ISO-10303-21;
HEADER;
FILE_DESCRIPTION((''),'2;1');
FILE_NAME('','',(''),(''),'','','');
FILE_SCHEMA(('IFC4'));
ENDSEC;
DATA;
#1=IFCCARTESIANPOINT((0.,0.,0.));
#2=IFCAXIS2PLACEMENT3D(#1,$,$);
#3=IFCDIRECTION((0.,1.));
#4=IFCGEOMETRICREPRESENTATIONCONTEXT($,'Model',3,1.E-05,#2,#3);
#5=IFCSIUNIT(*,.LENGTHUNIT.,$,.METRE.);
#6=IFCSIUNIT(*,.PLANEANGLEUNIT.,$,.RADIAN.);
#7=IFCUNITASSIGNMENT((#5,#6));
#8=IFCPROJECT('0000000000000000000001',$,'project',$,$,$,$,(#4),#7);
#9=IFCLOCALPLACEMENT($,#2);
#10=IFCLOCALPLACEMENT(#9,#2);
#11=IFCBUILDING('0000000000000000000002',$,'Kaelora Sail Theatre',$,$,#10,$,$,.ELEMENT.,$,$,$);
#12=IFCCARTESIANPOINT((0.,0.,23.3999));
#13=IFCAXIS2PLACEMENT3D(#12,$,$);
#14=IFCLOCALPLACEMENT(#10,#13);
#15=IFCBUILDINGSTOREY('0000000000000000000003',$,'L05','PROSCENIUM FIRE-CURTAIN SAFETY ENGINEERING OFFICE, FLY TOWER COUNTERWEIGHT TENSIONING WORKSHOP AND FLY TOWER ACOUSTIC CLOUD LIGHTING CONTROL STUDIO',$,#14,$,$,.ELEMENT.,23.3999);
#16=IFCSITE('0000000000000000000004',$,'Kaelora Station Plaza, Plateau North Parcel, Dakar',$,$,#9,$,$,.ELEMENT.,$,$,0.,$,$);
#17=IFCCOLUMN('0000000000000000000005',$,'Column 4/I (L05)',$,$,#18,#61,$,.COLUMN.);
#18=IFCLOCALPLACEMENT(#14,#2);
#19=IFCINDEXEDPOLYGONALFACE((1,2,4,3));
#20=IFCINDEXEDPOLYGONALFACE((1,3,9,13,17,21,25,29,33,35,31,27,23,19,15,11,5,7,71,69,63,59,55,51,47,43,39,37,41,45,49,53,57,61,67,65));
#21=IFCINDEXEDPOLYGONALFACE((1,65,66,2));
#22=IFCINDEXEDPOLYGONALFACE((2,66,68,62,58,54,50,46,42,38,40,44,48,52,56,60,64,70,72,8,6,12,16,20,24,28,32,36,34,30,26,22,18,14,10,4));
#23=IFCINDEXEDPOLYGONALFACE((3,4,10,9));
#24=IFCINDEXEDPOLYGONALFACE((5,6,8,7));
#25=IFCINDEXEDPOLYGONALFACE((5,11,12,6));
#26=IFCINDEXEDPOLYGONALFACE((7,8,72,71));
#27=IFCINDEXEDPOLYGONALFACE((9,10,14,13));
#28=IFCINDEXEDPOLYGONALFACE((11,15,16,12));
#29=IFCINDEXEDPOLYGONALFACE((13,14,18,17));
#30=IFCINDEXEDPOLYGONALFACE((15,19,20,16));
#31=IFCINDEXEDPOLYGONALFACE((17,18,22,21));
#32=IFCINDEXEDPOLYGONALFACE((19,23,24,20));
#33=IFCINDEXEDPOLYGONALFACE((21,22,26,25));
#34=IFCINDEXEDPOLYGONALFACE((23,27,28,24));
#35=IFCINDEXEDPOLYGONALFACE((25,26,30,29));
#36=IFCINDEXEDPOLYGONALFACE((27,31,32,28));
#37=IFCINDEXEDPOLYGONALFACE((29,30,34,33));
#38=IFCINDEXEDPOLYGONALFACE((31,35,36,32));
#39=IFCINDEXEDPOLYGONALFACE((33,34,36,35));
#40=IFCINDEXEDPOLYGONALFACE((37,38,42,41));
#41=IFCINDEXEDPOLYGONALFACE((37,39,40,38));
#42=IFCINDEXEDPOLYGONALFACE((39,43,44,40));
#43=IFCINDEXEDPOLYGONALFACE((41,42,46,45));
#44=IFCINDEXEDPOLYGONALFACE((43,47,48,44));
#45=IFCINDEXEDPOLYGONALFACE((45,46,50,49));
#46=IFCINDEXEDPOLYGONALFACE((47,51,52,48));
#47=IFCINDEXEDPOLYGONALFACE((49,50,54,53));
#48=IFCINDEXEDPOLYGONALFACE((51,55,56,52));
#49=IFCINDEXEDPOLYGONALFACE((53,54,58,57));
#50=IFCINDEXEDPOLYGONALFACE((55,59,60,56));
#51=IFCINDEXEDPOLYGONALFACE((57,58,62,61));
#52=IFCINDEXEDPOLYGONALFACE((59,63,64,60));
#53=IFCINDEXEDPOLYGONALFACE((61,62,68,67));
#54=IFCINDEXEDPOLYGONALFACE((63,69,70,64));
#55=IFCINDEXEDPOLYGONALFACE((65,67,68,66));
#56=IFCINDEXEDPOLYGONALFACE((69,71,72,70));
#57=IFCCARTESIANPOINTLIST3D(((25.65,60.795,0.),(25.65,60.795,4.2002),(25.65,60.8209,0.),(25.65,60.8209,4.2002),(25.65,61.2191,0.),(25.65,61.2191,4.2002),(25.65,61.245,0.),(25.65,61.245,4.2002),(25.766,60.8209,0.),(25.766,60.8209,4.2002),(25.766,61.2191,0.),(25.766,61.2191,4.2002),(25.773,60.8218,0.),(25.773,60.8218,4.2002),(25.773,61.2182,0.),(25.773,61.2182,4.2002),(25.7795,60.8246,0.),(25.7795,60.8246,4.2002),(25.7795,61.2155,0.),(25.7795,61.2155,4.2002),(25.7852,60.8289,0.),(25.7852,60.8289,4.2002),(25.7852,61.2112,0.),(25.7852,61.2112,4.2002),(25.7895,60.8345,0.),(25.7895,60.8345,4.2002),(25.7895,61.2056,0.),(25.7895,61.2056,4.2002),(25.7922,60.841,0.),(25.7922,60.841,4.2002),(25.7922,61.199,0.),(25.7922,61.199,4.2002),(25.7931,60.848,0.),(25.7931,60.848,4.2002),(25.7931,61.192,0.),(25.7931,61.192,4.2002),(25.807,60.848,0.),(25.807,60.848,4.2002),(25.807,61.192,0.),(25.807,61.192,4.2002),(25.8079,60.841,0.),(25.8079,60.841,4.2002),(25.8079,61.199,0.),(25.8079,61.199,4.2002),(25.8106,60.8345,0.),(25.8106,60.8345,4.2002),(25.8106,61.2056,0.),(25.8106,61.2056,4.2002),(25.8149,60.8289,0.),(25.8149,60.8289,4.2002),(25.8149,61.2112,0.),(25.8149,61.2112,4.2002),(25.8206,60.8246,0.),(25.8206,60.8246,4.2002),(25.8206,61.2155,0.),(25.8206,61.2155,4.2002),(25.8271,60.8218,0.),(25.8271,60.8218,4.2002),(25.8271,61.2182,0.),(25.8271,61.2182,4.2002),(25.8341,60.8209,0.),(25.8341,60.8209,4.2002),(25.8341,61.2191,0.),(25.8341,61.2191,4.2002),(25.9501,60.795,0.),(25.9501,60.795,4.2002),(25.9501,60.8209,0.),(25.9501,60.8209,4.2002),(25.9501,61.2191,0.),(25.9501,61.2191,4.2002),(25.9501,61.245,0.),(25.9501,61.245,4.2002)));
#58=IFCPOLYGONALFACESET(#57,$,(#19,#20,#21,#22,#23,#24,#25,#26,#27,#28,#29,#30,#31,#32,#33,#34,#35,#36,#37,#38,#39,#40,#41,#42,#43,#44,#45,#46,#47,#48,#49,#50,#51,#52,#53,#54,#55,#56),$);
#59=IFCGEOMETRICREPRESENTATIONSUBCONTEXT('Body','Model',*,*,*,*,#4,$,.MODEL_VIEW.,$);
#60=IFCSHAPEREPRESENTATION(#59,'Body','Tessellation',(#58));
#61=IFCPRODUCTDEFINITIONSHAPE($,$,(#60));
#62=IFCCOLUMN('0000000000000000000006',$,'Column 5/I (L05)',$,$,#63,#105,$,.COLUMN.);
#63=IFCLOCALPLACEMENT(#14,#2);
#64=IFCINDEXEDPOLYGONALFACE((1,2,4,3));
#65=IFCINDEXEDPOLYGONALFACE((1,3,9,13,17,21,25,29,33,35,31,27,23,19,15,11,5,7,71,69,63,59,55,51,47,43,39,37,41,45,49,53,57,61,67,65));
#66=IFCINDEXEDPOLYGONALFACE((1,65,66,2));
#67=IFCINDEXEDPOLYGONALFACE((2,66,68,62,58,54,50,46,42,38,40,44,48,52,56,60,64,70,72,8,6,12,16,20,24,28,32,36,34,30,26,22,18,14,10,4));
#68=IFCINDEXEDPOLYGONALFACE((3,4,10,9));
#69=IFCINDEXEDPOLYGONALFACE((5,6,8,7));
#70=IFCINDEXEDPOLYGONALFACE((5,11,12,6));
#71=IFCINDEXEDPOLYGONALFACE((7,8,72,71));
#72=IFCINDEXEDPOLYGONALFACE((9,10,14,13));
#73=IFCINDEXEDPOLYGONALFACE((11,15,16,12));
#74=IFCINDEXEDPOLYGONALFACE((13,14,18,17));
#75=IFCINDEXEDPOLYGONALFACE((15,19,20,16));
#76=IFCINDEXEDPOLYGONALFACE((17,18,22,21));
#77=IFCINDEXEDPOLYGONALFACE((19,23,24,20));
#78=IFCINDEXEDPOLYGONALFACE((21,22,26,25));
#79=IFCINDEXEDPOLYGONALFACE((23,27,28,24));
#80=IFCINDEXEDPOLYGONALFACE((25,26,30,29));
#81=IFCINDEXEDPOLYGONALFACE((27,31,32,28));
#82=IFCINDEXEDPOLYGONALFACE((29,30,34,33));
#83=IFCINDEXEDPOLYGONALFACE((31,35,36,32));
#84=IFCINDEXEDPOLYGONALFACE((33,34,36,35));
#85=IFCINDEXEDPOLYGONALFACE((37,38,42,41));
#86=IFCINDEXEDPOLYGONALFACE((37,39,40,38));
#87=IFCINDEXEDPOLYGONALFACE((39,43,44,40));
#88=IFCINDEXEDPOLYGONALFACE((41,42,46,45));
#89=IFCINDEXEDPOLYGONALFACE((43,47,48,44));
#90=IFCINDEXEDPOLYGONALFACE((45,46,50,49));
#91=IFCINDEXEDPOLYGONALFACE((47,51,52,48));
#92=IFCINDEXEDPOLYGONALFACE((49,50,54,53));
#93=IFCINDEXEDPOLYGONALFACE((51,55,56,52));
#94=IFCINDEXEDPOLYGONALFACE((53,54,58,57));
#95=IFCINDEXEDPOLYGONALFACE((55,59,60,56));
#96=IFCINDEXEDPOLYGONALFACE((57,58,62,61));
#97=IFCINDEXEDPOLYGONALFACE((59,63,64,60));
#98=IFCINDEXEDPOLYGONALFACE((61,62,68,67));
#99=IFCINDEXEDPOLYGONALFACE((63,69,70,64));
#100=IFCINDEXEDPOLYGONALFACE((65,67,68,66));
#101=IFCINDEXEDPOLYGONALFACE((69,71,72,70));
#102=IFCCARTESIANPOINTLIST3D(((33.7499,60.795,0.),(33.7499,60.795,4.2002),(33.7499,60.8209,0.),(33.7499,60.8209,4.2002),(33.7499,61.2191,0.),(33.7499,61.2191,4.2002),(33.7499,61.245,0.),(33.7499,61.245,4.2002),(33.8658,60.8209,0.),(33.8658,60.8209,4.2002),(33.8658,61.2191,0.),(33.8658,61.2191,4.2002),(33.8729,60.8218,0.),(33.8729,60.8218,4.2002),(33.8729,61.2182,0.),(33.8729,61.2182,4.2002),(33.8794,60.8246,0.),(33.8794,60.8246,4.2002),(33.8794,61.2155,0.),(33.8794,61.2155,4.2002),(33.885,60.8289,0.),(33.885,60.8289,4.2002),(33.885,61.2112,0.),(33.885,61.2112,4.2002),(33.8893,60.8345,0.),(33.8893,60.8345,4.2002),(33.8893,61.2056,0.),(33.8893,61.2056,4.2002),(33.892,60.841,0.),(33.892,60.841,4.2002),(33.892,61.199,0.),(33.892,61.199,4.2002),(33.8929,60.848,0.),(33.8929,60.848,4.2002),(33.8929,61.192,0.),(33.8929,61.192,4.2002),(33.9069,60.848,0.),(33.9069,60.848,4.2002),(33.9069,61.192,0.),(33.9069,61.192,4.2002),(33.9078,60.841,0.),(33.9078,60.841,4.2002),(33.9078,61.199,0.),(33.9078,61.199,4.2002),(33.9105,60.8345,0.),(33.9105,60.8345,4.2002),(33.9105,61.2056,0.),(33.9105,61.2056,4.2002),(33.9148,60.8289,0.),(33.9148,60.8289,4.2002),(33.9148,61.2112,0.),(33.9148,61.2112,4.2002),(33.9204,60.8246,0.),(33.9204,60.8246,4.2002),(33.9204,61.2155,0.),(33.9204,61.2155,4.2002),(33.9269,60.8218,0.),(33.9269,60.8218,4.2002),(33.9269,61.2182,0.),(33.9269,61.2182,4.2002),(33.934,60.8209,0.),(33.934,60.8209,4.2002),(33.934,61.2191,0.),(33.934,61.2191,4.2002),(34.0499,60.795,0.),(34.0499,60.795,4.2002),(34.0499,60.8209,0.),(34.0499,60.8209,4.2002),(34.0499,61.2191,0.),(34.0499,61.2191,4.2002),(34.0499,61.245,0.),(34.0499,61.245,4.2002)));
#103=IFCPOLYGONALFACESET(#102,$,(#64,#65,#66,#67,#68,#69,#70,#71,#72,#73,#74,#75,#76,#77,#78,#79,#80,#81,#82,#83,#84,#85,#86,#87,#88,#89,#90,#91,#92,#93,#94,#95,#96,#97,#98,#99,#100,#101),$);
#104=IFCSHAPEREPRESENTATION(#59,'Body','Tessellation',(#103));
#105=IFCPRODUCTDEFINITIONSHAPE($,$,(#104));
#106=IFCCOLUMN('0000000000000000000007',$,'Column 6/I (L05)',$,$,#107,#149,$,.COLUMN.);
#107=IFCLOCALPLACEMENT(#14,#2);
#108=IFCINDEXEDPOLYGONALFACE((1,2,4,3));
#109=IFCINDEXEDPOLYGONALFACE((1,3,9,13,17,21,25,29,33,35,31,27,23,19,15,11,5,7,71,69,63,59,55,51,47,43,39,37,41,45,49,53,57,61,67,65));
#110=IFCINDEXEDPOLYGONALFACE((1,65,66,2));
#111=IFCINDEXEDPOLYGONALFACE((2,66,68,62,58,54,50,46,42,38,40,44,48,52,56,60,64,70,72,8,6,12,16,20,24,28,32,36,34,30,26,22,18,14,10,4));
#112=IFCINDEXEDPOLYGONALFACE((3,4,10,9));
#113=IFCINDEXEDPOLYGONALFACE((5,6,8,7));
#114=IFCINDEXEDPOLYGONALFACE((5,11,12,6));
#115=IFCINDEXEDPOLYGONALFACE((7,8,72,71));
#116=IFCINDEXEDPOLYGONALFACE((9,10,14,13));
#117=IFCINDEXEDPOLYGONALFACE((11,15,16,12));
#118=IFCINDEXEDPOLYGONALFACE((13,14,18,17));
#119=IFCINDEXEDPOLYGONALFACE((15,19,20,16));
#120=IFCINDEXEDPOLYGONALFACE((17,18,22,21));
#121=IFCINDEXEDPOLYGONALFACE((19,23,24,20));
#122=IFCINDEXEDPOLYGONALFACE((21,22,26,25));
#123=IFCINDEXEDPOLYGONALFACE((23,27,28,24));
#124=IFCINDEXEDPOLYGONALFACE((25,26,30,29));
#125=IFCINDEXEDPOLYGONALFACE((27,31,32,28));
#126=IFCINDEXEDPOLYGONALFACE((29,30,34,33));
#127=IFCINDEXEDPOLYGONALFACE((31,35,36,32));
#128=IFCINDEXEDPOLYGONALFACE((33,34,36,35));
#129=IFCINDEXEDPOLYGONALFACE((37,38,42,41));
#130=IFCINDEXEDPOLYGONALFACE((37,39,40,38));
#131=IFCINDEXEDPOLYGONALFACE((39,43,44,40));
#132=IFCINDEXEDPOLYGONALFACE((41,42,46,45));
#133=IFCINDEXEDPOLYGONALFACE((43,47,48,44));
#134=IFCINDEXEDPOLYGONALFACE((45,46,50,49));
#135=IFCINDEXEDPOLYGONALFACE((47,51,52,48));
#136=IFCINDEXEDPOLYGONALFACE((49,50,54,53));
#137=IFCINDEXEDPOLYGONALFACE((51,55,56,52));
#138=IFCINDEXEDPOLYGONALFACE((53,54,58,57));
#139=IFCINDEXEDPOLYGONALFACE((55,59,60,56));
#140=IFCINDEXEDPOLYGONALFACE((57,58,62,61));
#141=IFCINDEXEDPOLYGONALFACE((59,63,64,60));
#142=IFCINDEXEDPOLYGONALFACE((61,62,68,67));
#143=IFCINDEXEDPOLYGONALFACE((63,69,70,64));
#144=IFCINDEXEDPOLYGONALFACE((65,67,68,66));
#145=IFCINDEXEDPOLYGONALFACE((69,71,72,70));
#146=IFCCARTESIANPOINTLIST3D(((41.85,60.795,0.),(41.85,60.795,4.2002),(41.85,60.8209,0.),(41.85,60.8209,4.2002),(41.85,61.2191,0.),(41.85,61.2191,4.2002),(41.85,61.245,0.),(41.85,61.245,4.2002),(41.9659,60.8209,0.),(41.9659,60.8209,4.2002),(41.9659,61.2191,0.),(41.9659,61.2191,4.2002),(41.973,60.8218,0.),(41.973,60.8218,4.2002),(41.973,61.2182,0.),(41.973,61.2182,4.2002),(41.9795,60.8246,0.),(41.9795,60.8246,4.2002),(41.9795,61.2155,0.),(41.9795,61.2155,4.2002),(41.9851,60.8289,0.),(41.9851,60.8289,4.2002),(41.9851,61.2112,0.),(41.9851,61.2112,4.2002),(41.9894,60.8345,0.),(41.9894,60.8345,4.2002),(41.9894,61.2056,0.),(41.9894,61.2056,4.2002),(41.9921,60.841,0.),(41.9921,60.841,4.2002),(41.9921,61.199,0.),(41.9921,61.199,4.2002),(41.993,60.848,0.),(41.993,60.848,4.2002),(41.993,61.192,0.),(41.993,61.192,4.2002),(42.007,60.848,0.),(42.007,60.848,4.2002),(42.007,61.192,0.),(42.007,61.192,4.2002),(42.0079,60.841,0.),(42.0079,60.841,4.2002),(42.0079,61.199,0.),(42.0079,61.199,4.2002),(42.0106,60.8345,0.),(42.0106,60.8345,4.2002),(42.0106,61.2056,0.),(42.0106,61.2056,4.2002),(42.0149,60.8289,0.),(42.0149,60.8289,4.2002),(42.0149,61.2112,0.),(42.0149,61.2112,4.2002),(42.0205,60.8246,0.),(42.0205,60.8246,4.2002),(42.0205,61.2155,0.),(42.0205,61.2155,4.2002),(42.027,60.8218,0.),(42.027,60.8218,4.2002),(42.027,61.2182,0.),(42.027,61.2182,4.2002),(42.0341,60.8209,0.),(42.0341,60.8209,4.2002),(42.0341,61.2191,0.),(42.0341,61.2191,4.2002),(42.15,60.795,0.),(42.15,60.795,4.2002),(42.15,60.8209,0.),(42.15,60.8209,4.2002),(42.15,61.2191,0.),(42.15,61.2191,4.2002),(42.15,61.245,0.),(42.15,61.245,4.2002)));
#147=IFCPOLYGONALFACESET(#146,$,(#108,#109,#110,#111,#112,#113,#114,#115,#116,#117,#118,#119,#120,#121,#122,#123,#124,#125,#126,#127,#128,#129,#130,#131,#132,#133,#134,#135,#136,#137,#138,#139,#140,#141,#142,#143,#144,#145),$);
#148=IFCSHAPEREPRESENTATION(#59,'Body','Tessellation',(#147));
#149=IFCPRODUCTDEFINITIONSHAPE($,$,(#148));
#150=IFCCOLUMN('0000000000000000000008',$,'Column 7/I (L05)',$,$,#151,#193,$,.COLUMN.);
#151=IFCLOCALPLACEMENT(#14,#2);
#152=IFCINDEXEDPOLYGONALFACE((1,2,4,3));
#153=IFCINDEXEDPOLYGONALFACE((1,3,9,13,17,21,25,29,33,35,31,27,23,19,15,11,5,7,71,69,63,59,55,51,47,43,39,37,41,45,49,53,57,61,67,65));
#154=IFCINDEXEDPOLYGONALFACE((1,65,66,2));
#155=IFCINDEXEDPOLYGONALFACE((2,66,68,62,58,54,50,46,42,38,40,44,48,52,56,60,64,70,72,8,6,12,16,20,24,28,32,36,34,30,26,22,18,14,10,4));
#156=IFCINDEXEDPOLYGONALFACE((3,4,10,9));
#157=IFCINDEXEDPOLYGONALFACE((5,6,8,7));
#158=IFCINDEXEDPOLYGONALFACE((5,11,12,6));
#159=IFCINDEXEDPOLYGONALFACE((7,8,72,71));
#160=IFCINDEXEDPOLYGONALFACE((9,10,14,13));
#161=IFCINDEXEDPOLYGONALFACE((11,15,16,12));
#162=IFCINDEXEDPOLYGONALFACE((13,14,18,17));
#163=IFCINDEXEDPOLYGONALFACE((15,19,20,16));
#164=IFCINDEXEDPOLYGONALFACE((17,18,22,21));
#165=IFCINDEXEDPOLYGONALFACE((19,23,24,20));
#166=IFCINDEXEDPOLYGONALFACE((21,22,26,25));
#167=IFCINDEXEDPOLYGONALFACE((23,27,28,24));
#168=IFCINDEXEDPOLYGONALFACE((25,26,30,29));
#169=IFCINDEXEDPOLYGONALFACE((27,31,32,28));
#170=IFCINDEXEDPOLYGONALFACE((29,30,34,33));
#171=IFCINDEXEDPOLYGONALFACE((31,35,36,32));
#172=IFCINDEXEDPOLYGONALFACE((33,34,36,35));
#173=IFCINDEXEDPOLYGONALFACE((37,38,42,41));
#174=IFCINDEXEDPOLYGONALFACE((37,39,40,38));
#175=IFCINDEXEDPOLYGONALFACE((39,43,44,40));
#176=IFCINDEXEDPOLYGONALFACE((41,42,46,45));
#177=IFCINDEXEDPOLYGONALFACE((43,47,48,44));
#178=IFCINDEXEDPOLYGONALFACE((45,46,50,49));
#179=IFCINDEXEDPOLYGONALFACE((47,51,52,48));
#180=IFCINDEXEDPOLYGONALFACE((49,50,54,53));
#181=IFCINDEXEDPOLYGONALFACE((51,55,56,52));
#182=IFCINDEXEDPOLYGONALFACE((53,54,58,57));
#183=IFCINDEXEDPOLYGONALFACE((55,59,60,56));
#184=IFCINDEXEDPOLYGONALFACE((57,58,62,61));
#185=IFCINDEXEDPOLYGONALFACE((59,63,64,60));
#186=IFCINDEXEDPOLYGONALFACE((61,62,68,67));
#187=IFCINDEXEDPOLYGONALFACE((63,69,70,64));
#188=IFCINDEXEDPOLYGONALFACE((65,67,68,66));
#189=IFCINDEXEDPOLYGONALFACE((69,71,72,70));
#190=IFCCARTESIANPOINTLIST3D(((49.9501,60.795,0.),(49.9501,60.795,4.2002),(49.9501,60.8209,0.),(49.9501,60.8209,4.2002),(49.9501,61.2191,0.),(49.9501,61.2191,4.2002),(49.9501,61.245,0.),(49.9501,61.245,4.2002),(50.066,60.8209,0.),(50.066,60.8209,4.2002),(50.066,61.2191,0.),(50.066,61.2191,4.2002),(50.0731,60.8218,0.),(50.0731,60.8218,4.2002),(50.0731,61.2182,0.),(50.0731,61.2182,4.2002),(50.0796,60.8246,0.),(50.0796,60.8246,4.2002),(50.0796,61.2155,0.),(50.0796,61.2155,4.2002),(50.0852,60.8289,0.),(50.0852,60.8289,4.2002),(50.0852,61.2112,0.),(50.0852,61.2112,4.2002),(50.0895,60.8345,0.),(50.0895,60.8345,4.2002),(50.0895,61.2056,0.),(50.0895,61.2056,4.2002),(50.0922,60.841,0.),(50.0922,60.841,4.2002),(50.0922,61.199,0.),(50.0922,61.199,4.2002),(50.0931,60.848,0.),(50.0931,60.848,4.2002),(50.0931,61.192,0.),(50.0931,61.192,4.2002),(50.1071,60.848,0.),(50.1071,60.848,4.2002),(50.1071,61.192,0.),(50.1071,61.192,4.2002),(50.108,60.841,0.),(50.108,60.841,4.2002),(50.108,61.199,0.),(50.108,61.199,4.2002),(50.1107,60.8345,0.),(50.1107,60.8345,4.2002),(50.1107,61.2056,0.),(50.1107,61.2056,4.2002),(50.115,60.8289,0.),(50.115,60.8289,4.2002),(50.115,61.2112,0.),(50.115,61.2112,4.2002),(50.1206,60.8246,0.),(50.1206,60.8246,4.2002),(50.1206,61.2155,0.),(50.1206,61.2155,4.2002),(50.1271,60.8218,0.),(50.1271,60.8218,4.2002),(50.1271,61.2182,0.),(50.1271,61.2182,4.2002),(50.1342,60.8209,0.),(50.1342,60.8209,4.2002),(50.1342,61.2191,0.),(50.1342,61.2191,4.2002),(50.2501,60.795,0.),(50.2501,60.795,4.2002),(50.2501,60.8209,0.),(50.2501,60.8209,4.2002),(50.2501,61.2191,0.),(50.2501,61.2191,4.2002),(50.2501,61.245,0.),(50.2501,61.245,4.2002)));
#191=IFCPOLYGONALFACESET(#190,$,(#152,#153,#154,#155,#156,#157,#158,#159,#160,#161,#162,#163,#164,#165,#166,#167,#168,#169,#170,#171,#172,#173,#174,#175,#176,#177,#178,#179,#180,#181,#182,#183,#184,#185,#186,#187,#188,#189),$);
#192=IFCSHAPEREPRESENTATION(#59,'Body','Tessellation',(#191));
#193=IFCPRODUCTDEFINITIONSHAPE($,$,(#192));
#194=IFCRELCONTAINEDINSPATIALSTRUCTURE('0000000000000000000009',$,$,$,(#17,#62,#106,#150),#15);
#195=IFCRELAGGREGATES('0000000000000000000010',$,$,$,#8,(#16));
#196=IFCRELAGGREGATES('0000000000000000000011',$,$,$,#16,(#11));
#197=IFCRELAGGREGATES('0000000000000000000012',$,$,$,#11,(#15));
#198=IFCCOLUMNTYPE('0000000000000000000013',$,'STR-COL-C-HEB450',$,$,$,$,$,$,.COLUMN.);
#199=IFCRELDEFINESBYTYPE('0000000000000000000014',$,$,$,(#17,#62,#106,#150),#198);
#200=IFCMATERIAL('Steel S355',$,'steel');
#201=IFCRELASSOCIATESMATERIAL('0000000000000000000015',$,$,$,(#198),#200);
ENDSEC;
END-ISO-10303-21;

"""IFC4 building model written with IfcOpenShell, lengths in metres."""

from ifc_helpers import new_model, si_unit, direction, frame, origin, origin_2d, place, context, subcontext, project, spatial, i_section, extrude, material, material_profile, profile_set, type_object, element, save


model = new_model("IFC4")

# Units and contexts
model_context = context("Model", 3, precision=1e-05, world=origin(), true_north=direction((0.0, 1.0)))
body_context = subcontext(model_context, "Body", "Model", "MODEL_VIEW")
ifc_project = project(units=[si_unit("LENGTHUNIT", "METRE"), si_unit("PLANEANGLEUNIT", "RADIAN")], contexts=[model_context])

# Site, building, storey
site_placement = place(None, origin())
site = spatial("IfcSite", under=ifc_project, at=site_placement, Name="Kaelora Station Plaza, Plateau North Parcel, Dakar", CompositionType="ELEMENT", RefElevation=0.0)
building_placement = place(site_placement, origin())
building = spatial("IfcBuilding", under=site, at=building_placement, Name="Kaelora Sail Theatre", CompositionType="ELEMENT")
storey_placement = place(building_placement, frame((0.0, 0.0, 23.3999)))
storey = spatial("IfcBuildingStorey", under=building, at=storey_placement, Name="L05", Description="PROSCENIUM FIRE-CURTAIN SAFETY ENGINEERING OFFICE, FLY TOWER COUNTERWEIGHT TENSIONING WORKSHOP AND FLY TOWER ACOUSTIC CLOUD LIGHTING CONTROL STUDIO", CompositionType="ELEMENT", Elevation=23.3999)

# Columns
ifc_material_1 = material(Name="Steel S355", Category="steel")
ifc_material_profile_1 = material_profile(ifc_material_1, i_section(OverallWidth=0.3, OverallDepth=0.45, WebThickness=0.0139, FlangeThickness=0.0259, FilletRadius=0.0271, at=origin_2d()), Name="HEB 450")
ifc_profile_set_1 = profile_set([ifc_material_profile_1], Name="Steel S355")
column_type = type_object("IfcColumnType", Name="STR-COL-C-HEB450", PredefinedType="COLUMN", material=ifc_profile_set_1)
for number, where, z_axis, x_axis, name in (
    (1, (25.8, 61.02, 0.0), (0.0, 0.0, 1.0), (1.0, 0.0, 0.0), "Column 4/I (L05)"),
    (2, (33.8999, 61.02, 0.0), (0.0, 0.0, 1.0), (1.0, 0.0, 0.0), "Column 5/I (L05)"),
    (3, (42.0, 61.02, 0.0), (0.0, 0.0, 1.0), (1.0, 0.0, 0.0), "Column 6/I (L05)"),
    (4, (50.1001, 61.02, 0.0), (0.0, 0.0, 1.0), (1.0, 0.0, 0.0), "Column 7/I (L05)"),
):
    element("IfcColumn", number, at=place(storey_placement, frame(where, z_axis=z_axis, x_axis=x_axis)), inside=storey, type_object=column_type, Name=name, PredefinedType="COLUMN", context=body_context, shape_type="SweptSolid", body=[
        extrude(i_section(OverallWidth=0.3, OverallDepth=0.45, WebThickness=0.0139, FlangeThickness=0.0259, FilletRadius=0.0271, at=origin_2d()), origin(), (0.0, 0.0, 1.0), 4.2002),
    ])

save(model, "model.ifc")
